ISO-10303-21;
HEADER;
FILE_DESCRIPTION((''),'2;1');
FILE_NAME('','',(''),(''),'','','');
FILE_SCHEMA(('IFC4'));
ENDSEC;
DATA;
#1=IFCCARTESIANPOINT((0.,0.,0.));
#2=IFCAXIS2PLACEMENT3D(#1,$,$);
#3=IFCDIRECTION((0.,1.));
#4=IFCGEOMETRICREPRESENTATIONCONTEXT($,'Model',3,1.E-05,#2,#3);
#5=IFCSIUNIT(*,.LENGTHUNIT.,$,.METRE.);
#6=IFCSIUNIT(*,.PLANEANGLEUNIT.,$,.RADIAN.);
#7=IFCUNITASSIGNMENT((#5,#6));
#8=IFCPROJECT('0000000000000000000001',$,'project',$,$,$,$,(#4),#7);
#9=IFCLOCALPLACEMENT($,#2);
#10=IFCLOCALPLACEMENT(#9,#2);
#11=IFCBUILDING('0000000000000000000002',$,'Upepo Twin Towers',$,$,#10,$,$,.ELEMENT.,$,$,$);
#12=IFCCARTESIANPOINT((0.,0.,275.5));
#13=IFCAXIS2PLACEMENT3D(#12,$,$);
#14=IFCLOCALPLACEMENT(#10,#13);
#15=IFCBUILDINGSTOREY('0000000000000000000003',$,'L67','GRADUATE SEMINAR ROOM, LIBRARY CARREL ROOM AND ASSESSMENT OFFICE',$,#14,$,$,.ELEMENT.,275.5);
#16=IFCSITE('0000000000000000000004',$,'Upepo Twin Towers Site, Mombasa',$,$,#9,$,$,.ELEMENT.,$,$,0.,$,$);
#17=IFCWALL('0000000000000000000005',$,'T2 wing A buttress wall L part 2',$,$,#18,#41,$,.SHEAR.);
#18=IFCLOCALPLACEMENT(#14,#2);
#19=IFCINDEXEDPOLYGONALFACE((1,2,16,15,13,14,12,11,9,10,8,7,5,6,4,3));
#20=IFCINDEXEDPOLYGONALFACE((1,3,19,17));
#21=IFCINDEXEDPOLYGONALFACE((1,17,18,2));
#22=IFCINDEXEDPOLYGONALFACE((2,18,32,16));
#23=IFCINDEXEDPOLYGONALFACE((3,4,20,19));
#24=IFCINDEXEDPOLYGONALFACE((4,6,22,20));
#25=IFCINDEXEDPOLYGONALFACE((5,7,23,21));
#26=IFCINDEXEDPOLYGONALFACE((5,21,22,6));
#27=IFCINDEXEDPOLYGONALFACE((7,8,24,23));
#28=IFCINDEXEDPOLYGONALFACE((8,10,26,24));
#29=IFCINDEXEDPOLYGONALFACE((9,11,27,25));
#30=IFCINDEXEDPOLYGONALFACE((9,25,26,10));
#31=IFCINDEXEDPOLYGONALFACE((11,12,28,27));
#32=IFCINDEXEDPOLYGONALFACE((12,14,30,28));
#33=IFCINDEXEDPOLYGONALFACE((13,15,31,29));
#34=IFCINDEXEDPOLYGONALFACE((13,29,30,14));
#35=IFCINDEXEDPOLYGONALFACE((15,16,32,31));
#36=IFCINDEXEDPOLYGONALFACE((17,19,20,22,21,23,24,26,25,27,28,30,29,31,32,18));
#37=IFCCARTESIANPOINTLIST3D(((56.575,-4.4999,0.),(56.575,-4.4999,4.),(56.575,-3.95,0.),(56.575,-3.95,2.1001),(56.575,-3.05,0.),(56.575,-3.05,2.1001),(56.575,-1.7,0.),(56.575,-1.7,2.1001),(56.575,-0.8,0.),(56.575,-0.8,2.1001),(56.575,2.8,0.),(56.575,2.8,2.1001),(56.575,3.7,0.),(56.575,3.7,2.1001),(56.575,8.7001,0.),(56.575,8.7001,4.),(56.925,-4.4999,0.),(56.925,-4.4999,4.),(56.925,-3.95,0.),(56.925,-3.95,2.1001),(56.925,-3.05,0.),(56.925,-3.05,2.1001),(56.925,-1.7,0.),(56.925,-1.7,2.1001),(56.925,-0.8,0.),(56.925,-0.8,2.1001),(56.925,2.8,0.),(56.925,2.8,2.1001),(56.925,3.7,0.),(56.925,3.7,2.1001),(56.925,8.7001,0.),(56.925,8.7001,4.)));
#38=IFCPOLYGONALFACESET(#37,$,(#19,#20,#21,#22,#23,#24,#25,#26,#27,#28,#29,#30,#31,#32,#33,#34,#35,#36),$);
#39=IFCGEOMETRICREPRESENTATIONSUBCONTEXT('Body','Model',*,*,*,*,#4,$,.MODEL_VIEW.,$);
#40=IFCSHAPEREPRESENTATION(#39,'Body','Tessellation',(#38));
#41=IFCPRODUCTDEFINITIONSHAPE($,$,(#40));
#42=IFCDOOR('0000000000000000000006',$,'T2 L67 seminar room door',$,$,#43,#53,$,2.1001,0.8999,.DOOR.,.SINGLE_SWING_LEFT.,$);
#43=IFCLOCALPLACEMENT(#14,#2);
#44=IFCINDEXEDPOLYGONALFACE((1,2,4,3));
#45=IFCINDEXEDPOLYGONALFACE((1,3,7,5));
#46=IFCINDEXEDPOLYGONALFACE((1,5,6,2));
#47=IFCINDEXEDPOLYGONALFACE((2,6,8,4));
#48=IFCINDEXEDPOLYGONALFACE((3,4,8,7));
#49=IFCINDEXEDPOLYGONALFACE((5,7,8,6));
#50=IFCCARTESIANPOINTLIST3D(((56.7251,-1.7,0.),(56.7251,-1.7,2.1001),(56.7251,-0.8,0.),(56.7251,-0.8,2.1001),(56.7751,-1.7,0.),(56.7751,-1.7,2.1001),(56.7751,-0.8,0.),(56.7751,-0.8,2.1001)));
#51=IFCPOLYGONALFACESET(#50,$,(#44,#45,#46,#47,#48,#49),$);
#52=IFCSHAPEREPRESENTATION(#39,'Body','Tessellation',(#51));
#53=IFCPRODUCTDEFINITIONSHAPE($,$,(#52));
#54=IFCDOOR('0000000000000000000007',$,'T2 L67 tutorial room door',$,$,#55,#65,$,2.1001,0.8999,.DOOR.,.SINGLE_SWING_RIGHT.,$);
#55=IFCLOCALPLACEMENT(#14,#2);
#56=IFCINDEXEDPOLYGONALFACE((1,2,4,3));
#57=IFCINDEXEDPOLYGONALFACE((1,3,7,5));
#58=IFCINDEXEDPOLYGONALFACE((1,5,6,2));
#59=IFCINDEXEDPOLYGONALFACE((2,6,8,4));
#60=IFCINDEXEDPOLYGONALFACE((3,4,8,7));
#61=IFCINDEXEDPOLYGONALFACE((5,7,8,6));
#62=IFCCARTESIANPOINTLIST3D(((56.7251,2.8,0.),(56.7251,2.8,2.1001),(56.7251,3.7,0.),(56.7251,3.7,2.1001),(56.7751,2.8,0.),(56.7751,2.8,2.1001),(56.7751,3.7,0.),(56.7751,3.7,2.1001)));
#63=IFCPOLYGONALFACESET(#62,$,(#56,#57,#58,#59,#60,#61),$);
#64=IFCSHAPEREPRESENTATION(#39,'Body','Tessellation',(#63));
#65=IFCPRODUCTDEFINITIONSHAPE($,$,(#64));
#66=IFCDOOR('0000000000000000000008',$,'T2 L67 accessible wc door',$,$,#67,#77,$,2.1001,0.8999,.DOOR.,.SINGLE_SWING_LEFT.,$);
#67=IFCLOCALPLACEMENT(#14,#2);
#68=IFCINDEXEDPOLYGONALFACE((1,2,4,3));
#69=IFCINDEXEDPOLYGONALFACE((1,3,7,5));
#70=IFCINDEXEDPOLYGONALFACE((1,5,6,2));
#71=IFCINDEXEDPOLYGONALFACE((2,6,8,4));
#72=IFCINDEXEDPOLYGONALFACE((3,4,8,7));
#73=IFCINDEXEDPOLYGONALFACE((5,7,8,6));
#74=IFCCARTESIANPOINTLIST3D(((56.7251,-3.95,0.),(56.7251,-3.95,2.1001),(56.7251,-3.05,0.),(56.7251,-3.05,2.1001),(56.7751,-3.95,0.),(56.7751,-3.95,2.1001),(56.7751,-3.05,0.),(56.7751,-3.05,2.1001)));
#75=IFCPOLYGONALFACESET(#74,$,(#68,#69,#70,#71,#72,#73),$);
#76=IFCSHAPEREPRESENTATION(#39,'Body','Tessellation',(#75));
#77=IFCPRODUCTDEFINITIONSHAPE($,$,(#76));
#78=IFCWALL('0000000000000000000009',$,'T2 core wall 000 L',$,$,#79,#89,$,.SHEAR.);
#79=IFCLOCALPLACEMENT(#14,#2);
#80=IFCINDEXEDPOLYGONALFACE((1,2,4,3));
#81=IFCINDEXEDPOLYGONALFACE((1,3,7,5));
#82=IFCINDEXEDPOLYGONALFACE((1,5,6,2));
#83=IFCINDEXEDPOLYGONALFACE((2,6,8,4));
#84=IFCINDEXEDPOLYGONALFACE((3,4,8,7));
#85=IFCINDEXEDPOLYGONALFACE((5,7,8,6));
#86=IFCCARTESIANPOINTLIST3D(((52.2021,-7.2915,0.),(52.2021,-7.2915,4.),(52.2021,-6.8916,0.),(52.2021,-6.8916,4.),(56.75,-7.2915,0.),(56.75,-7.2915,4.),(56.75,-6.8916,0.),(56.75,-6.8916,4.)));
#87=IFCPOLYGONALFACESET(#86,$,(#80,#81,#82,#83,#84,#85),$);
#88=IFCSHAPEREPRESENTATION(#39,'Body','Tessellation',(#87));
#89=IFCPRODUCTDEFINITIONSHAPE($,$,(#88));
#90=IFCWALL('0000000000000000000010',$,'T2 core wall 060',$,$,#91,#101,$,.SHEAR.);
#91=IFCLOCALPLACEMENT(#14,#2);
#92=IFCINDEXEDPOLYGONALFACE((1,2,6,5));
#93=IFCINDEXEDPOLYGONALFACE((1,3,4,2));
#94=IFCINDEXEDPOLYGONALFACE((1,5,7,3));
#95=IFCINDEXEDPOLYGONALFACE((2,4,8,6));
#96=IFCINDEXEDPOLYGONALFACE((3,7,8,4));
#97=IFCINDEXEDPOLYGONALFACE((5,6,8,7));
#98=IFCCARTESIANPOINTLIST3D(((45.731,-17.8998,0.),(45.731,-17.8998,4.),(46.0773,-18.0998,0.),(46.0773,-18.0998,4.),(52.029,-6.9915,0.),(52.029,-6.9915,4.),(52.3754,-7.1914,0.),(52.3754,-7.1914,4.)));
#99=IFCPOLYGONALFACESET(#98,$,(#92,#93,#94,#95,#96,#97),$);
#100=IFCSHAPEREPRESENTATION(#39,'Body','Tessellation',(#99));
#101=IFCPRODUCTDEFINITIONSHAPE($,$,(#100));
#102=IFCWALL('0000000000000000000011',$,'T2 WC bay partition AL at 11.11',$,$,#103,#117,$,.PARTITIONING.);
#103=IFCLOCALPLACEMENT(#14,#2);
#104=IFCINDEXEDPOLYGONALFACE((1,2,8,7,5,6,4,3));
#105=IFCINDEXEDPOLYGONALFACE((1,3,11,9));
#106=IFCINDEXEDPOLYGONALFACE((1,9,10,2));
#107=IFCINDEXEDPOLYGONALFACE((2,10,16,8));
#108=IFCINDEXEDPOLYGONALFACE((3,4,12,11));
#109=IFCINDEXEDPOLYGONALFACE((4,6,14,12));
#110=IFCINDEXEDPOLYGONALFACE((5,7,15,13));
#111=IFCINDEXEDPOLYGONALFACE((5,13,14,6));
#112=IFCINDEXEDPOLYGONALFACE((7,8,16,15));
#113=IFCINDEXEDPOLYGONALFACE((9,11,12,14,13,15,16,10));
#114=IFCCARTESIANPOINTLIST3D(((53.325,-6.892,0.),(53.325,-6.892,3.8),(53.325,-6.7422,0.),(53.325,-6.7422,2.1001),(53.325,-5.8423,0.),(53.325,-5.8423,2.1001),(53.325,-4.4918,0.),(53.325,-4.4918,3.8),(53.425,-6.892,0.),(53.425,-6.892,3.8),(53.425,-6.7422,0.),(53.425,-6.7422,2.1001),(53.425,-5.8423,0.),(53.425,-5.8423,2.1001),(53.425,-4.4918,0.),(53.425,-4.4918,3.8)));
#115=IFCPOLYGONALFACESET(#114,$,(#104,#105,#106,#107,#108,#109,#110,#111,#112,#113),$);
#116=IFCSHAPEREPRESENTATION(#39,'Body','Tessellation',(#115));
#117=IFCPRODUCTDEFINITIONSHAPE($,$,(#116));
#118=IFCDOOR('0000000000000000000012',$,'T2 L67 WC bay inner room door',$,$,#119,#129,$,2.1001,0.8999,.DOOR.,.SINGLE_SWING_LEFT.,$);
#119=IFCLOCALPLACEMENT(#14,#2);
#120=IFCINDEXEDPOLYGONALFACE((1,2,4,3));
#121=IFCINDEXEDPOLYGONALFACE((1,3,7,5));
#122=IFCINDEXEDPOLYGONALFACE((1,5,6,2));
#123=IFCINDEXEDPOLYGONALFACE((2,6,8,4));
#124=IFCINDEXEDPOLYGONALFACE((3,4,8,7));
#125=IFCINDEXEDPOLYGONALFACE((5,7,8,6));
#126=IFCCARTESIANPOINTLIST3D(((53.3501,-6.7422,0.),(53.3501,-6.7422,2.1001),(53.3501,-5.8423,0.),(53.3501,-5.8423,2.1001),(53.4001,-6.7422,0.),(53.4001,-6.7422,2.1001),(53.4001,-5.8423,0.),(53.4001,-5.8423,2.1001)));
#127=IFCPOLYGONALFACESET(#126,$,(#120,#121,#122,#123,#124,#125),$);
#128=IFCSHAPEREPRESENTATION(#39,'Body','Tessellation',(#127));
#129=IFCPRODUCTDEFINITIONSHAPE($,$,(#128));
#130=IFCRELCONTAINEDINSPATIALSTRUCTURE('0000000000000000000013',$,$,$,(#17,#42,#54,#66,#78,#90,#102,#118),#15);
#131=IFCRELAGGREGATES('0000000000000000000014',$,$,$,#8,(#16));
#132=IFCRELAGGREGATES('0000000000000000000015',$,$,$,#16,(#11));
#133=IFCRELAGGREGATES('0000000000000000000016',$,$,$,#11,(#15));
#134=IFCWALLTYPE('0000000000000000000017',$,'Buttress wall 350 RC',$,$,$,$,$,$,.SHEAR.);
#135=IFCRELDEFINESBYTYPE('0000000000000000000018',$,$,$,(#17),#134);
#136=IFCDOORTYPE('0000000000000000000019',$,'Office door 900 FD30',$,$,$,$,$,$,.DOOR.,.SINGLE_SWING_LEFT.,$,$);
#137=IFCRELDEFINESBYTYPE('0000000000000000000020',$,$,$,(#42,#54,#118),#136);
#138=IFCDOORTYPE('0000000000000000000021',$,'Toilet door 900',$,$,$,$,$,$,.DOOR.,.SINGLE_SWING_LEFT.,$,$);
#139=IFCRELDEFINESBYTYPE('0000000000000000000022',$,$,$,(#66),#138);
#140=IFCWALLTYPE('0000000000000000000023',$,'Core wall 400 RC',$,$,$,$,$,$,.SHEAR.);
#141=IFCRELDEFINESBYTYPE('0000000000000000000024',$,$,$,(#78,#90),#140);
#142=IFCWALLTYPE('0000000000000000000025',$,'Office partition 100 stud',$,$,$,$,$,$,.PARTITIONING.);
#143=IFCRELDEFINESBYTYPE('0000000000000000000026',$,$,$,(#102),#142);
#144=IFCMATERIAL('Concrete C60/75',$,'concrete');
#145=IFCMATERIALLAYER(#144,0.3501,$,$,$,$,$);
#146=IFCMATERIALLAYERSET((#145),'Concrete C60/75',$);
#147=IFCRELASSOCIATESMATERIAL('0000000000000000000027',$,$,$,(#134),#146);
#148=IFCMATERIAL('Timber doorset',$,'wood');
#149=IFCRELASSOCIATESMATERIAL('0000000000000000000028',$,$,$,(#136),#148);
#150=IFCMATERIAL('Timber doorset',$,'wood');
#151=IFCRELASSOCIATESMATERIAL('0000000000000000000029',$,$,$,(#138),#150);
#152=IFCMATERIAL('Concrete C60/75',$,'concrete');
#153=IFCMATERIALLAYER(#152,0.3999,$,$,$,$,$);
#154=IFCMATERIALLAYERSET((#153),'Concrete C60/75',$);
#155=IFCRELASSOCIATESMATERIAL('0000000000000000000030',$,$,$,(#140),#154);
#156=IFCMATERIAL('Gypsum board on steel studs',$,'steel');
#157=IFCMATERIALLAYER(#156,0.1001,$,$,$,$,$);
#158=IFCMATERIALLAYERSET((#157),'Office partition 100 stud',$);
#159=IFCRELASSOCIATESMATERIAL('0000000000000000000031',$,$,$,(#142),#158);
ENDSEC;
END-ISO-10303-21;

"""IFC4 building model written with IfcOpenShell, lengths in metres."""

from ifc_helpers import new_model, si_unit, direction, frame, frame_2d, origin, place, context, subcontext, project, spatial, rectangle, extrude, material, layer, layer_set, type_object, element, fill, save


model = new_model("IFC4")

# Units and contexts
model_context = context("Model", 3, precision=1e-05, world=origin(), true_north=direction((0.0, 1.0)))
body_context = subcontext(model_context, "Body", "Model", "MODEL_VIEW")
ifc_project = project(units=[si_unit("LENGTHUNIT", "METRE"), si_unit("PLANEANGLEUNIT", "RADIAN")], contexts=[model_context])

# Site, building, storey
site_placement = place(None, origin())
site = spatial("IfcSite", under=ifc_project, at=site_placement, Name="Upepo Twin Towers Site, Mombasa", CompositionType="ELEMENT", RefElevation=0.0)
building_placement = place(site_placement, origin())
building = spatial("IfcBuilding", under=site, at=building_placement, Name="Upepo Twin Towers", CompositionType="ELEMENT")
storey_placement = place(building_placement, frame((0.0, 0.0, 275.5)))
storey = spatial("IfcBuildingStorey", under=building, at=storey_placement, Name="L67", Description="GRADUATE SEMINAR ROOM, LIBRARY CARREL ROOM AND ASSESSMENT OFFICE", CompositionType="ELEMENT", Elevation=275.5)

# Shared definitions
ifc_material_1 = material(Name="Concrete C60/75", Category="concrete")
ifc_layer_1 = layer(ifc_material_1, 0.3501)
ifc_layer_set_1 = layer_set([ifc_layer_1], Name="Concrete C60/75")
wall_type_1 = type_object("IfcWallType", Name="Buttress wall 350 RC", PredefinedType="SHEAR", material=ifc_layer_set_1)

# Wall, openings, doors
wall_1_placement = place(storey_placement, frame((56.75, -4.5, 0.0), z_axis=(0.0, 0.0, 1.0), x_axis=(0.0, 1.0, 0.0)))
wall_1 = element("IfcWall", 1, at=wall_1_placement, inside=storey, type_object=wall_type_1, Name="T2 wing A buttress wall L part 2", PredefinedType="SHEAR", context=body_context, shape_type="SweptSolid", body=[
    extrude(rectangle(XDim=13.2, YDim=0.3501, at=frame_2d((6.6001, 0.0))), origin(), (0.0, 0.0, 1.0), 4.0),
])
opening_1_placement = place(wall_1_placement, frame((0.55, 0.0, 0.0)))
opening_1 = element("IfcOpeningElement", 2, at=opening_1_placement, cuts=wall_1, PredefinedType="OPENING", context=body_context, shape_type="SweptSolid", body=[
    extrude(rectangle(XDim=0.8999, YDim=2.1001, at=frame_2d((0.45, 1.05))), frame((0.0, 0.1851, 0.0), z_axis=(0.0, -1.0, 0.0), x_axis=(1.0, 0.0, 0.0)), (0.0, 0.0, 1.0), 0.3701),
])
opening_2_placement = place(wall_1_placement, frame((2.8, 0.0, 0.0)))
opening_2 = element("IfcOpeningElement", 3, at=opening_2_placement, cuts=wall_1, PredefinedType="OPENING", context=body_context, shape_type="SweptSolid", body=[
    extrude(rectangle(XDim=0.8999, YDim=2.1001, at=frame_2d((0.45, 1.05))), frame((0.0, 0.1851, 0.0), z_axis=(0.0, -1.0, 0.0), x_axis=(1.0, 0.0, 0.0)), (0.0, 0.0, 1.0), 0.3701),
])
opening_3_placement = place(wall_1_placement, frame((7.3, 0.0, 0.0)))
opening_3 = element("IfcOpeningElement", 4, at=opening_3_placement, cuts=wall_1, PredefinedType="OPENING", context=body_context, shape_type="SweptSolid", body=[
    extrude(rectangle(XDim=0.8999, YDim=2.1001, at=frame_2d((0.45, 1.05))), frame((0.0, 0.1851, 0.0), z_axis=(0.0, -1.0, 0.0), x_axis=(1.0, 0.0, 0.0)), (0.0, 0.0, 1.0), 0.3701),
])
ifc_material_2 = material(Name="Timber doorset", Category="wood")
door_type_1 = type_object("IfcDoorType", Name="Office door 900 FD30", OperationType="SINGLE_SWING_LEFT", PredefinedType="DOOR", material=ifc_material_2)
door_1_placement = place(opening_2_placement, origin())
door_1 = element("IfcDoor", 5, at=door_1_placement, inside=storey, type_object=door_type_1, Name="T2 L67 seminar room door", OperationType="SINGLE_SWING_LEFT", OverallHeight=2.1001, OverallWidth=0.8999, PredefinedType="DOOR", context=body_context, shape_type="SweptSolid", body=[
    extrude(rectangle(XDim=0.8999, YDim=2.1001, at=frame_2d((0.45, 1.05))), frame((0.0, 0.0249, 0.0), z_axis=(0.0, -1.0, 0.0), x_axis=(1.0, 0.0, 0.0)), (0.0, 0.0, 1.0), 0.05),
])
fill(opening_2, door_1)
door_2_placement = place(opening_3_placement, origin())
door_2 = element("IfcDoor", 6, at=door_2_placement, inside=storey, type_object=door_type_1, Name="T2 L67 tutorial room door", OperationType="SINGLE_SWING_RIGHT", OverallHeight=2.1001, OverallWidth=0.8999, PredefinedType="DOOR", context=body_context, shape_type="SweptSolid", body=[
    extrude(rectangle(XDim=0.8999, YDim=2.1001, at=frame_2d((0.45, 1.05))), frame((0.0, 0.0249, 0.0), z_axis=(0.0, -1.0, 0.0), x_axis=(1.0, 0.0, 0.0)), (0.0, 0.0, 1.0), 0.05),
])
fill(opening_3, door_2)
ifc_material_3 = material(Name="Timber doorset", Category="wood")
door_type_2 = type_object("IfcDoorType", Name="Toilet door 900", OperationType="SINGLE_SWING_LEFT", PredefinedType="DOOR", material=ifc_material_3)
door_3_placement = place(opening_1_placement, origin())
door_3 = element("IfcDoor", 7, at=door_3_placement, inside=storey, type_object=door_type_2, Name="T2 L67 accessible wc door", OperationType="SINGLE_SWING_LEFT", OverallHeight=2.1001, OverallWidth=0.8999, PredefinedType="DOOR", context=body_context, shape_type="SweptSolid", body=[
    extrude(rectangle(XDim=0.8999, YDim=2.1001, at=frame_2d((0.45, 1.05))), frame((0.0, 0.0249, 0.0), z_axis=(0.0, -1.0, 0.0), x_axis=(1.0, 0.0, 0.0)), (0.0, 0.0, 1.0), 0.05),
])
fill(opening_1, door_3)

# Walls
ifc_material_4 = material(Name="Concrete C60/75", Category="concrete")
ifc_layer_2 = layer(ifc_material_4, 0.3999)
ifc_layer_set_2 = layer_set([ifc_layer_2], Name="Concrete C60/75")
wall_type_2 = type_object("IfcWallType", Name="Core wall 400 RC", PredefinedType="SHEAR", material=ifc_layer_set_2)
wall_2_placement = place(storey_placement, frame((56.75, -7.0916, 0.0), z_axis=(0.0, 0.0, 1.0), x_axis=(-1.0, 0.0, 0.0)))
element("IfcWall", 8, at=wall_2_placement, inside=storey, type_object=wall_type_2, Name="T2 core wall 000 L", PredefinedType="SHEAR", context=body_context, shape_type="SweptSolid", body=[
    extrude(rectangle(XDim=4.5479, YDim=0.3999, at=frame_2d((2.2739, 0.0))), origin(), (0.0, 0.0, 1.0), 4.0),
])
wall_3_placement = place(storey_placement, frame((52.2021, -7.0916, 0.0), z_axis=(0.0, 0.0, 1.0), x_axis=(-0.500006, -0.866022, 0.0)))
element("IfcWall", 9, at=wall_3_placement, inside=storey, type_object=wall_type_2, Name="T2 core wall 060", PredefinedType="SHEAR", context=body_context, shape_type="SweptSolid", body=[
    extrude(rectangle(XDim=12.5959, YDim=0.3999, at=frame_2d((6.2979, 0.0))), origin(), (0.0, 0.0, 1.0), 4.0),
])

# Wall, opening, door
ifc_material_5 = material(Name="Gypsum board on steel studs", Category="steel")
ifc_layer_3 = layer(ifc_material_5, 0.1001)
ifc_layer_set_3 = layer_set([ifc_layer_3], Name="Office partition 100 stud")
wall_type_3 = type_object("IfcWallType", Name="Office partition 100 stud", PredefinedType="PARTITIONING", material=ifc_layer_set_3)
wall_4_placement = place(storey_placement, frame((53.375, -6.8921, 0.0), z_axis=(0.0, 0.0, 1.0), x_axis=(0.0, 1.0, 0.0)))
wall_4 = element("IfcWall", 10, at=wall_4_placement, inside=storey, type_object=wall_type_3, Name="T2 WC bay partition AL at 11.11", PredefinedType="PARTITIONING", context=body_context, shape_type="SweptSolid", body=[
    extrude(rectangle(XDim=2.4001, YDim=0.1001, at=frame_2d((1.2002, 0.0))), origin(), (0.0, 0.0, 1.0), 3.8),
])
opening_4_placement = place(wall_4_placement, frame((0.1499, 0.0, 0.0)))
opening_4 = element("IfcOpeningElement", 11, at=opening_4_placement, cuts=wall_4, PredefinedType="OPENING", context=body_context, shape_type="SweptSolid", body=[
    extrude(rectangle(XDim=0.8999, YDim=2.1001, at=frame_2d((0.45, 1.05))), frame((0.0, 0.0601, 0.0), z_axis=(0.0, -1.0, 0.0), x_axis=(1.0, 0.0, 0.0)), (0.0, 0.0, 1.0), 0.1201),
])
door_4_placement = place(opening_4_placement, origin())
door_4 = element("IfcDoor", 12, at=door_4_placement, inside=storey, type_object=door_type_1, Name="T2 L67 WC bay inner room door", OperationType="SINGLE_SWING_LEFT", OverallHeight=2.1001, OverallWidth=0.8999, PredefinedType="DOOR", context=body_context, shape_type="SweptSolid", body=[
    extrude(rectangle(XDim=0.8999, YDim=2.1001, at=frame_2d((0.45, 1.05))), frame((0.0, 0.0249, 0.0), z_axis=(0.0, -1.0, 0.0), x_axis=(1.0, 0.0, 0.0)), (0.0, 0.0, 1.0), 0.05),
])
fill(opening_4, door_4)

save(model, "model.ifc")
